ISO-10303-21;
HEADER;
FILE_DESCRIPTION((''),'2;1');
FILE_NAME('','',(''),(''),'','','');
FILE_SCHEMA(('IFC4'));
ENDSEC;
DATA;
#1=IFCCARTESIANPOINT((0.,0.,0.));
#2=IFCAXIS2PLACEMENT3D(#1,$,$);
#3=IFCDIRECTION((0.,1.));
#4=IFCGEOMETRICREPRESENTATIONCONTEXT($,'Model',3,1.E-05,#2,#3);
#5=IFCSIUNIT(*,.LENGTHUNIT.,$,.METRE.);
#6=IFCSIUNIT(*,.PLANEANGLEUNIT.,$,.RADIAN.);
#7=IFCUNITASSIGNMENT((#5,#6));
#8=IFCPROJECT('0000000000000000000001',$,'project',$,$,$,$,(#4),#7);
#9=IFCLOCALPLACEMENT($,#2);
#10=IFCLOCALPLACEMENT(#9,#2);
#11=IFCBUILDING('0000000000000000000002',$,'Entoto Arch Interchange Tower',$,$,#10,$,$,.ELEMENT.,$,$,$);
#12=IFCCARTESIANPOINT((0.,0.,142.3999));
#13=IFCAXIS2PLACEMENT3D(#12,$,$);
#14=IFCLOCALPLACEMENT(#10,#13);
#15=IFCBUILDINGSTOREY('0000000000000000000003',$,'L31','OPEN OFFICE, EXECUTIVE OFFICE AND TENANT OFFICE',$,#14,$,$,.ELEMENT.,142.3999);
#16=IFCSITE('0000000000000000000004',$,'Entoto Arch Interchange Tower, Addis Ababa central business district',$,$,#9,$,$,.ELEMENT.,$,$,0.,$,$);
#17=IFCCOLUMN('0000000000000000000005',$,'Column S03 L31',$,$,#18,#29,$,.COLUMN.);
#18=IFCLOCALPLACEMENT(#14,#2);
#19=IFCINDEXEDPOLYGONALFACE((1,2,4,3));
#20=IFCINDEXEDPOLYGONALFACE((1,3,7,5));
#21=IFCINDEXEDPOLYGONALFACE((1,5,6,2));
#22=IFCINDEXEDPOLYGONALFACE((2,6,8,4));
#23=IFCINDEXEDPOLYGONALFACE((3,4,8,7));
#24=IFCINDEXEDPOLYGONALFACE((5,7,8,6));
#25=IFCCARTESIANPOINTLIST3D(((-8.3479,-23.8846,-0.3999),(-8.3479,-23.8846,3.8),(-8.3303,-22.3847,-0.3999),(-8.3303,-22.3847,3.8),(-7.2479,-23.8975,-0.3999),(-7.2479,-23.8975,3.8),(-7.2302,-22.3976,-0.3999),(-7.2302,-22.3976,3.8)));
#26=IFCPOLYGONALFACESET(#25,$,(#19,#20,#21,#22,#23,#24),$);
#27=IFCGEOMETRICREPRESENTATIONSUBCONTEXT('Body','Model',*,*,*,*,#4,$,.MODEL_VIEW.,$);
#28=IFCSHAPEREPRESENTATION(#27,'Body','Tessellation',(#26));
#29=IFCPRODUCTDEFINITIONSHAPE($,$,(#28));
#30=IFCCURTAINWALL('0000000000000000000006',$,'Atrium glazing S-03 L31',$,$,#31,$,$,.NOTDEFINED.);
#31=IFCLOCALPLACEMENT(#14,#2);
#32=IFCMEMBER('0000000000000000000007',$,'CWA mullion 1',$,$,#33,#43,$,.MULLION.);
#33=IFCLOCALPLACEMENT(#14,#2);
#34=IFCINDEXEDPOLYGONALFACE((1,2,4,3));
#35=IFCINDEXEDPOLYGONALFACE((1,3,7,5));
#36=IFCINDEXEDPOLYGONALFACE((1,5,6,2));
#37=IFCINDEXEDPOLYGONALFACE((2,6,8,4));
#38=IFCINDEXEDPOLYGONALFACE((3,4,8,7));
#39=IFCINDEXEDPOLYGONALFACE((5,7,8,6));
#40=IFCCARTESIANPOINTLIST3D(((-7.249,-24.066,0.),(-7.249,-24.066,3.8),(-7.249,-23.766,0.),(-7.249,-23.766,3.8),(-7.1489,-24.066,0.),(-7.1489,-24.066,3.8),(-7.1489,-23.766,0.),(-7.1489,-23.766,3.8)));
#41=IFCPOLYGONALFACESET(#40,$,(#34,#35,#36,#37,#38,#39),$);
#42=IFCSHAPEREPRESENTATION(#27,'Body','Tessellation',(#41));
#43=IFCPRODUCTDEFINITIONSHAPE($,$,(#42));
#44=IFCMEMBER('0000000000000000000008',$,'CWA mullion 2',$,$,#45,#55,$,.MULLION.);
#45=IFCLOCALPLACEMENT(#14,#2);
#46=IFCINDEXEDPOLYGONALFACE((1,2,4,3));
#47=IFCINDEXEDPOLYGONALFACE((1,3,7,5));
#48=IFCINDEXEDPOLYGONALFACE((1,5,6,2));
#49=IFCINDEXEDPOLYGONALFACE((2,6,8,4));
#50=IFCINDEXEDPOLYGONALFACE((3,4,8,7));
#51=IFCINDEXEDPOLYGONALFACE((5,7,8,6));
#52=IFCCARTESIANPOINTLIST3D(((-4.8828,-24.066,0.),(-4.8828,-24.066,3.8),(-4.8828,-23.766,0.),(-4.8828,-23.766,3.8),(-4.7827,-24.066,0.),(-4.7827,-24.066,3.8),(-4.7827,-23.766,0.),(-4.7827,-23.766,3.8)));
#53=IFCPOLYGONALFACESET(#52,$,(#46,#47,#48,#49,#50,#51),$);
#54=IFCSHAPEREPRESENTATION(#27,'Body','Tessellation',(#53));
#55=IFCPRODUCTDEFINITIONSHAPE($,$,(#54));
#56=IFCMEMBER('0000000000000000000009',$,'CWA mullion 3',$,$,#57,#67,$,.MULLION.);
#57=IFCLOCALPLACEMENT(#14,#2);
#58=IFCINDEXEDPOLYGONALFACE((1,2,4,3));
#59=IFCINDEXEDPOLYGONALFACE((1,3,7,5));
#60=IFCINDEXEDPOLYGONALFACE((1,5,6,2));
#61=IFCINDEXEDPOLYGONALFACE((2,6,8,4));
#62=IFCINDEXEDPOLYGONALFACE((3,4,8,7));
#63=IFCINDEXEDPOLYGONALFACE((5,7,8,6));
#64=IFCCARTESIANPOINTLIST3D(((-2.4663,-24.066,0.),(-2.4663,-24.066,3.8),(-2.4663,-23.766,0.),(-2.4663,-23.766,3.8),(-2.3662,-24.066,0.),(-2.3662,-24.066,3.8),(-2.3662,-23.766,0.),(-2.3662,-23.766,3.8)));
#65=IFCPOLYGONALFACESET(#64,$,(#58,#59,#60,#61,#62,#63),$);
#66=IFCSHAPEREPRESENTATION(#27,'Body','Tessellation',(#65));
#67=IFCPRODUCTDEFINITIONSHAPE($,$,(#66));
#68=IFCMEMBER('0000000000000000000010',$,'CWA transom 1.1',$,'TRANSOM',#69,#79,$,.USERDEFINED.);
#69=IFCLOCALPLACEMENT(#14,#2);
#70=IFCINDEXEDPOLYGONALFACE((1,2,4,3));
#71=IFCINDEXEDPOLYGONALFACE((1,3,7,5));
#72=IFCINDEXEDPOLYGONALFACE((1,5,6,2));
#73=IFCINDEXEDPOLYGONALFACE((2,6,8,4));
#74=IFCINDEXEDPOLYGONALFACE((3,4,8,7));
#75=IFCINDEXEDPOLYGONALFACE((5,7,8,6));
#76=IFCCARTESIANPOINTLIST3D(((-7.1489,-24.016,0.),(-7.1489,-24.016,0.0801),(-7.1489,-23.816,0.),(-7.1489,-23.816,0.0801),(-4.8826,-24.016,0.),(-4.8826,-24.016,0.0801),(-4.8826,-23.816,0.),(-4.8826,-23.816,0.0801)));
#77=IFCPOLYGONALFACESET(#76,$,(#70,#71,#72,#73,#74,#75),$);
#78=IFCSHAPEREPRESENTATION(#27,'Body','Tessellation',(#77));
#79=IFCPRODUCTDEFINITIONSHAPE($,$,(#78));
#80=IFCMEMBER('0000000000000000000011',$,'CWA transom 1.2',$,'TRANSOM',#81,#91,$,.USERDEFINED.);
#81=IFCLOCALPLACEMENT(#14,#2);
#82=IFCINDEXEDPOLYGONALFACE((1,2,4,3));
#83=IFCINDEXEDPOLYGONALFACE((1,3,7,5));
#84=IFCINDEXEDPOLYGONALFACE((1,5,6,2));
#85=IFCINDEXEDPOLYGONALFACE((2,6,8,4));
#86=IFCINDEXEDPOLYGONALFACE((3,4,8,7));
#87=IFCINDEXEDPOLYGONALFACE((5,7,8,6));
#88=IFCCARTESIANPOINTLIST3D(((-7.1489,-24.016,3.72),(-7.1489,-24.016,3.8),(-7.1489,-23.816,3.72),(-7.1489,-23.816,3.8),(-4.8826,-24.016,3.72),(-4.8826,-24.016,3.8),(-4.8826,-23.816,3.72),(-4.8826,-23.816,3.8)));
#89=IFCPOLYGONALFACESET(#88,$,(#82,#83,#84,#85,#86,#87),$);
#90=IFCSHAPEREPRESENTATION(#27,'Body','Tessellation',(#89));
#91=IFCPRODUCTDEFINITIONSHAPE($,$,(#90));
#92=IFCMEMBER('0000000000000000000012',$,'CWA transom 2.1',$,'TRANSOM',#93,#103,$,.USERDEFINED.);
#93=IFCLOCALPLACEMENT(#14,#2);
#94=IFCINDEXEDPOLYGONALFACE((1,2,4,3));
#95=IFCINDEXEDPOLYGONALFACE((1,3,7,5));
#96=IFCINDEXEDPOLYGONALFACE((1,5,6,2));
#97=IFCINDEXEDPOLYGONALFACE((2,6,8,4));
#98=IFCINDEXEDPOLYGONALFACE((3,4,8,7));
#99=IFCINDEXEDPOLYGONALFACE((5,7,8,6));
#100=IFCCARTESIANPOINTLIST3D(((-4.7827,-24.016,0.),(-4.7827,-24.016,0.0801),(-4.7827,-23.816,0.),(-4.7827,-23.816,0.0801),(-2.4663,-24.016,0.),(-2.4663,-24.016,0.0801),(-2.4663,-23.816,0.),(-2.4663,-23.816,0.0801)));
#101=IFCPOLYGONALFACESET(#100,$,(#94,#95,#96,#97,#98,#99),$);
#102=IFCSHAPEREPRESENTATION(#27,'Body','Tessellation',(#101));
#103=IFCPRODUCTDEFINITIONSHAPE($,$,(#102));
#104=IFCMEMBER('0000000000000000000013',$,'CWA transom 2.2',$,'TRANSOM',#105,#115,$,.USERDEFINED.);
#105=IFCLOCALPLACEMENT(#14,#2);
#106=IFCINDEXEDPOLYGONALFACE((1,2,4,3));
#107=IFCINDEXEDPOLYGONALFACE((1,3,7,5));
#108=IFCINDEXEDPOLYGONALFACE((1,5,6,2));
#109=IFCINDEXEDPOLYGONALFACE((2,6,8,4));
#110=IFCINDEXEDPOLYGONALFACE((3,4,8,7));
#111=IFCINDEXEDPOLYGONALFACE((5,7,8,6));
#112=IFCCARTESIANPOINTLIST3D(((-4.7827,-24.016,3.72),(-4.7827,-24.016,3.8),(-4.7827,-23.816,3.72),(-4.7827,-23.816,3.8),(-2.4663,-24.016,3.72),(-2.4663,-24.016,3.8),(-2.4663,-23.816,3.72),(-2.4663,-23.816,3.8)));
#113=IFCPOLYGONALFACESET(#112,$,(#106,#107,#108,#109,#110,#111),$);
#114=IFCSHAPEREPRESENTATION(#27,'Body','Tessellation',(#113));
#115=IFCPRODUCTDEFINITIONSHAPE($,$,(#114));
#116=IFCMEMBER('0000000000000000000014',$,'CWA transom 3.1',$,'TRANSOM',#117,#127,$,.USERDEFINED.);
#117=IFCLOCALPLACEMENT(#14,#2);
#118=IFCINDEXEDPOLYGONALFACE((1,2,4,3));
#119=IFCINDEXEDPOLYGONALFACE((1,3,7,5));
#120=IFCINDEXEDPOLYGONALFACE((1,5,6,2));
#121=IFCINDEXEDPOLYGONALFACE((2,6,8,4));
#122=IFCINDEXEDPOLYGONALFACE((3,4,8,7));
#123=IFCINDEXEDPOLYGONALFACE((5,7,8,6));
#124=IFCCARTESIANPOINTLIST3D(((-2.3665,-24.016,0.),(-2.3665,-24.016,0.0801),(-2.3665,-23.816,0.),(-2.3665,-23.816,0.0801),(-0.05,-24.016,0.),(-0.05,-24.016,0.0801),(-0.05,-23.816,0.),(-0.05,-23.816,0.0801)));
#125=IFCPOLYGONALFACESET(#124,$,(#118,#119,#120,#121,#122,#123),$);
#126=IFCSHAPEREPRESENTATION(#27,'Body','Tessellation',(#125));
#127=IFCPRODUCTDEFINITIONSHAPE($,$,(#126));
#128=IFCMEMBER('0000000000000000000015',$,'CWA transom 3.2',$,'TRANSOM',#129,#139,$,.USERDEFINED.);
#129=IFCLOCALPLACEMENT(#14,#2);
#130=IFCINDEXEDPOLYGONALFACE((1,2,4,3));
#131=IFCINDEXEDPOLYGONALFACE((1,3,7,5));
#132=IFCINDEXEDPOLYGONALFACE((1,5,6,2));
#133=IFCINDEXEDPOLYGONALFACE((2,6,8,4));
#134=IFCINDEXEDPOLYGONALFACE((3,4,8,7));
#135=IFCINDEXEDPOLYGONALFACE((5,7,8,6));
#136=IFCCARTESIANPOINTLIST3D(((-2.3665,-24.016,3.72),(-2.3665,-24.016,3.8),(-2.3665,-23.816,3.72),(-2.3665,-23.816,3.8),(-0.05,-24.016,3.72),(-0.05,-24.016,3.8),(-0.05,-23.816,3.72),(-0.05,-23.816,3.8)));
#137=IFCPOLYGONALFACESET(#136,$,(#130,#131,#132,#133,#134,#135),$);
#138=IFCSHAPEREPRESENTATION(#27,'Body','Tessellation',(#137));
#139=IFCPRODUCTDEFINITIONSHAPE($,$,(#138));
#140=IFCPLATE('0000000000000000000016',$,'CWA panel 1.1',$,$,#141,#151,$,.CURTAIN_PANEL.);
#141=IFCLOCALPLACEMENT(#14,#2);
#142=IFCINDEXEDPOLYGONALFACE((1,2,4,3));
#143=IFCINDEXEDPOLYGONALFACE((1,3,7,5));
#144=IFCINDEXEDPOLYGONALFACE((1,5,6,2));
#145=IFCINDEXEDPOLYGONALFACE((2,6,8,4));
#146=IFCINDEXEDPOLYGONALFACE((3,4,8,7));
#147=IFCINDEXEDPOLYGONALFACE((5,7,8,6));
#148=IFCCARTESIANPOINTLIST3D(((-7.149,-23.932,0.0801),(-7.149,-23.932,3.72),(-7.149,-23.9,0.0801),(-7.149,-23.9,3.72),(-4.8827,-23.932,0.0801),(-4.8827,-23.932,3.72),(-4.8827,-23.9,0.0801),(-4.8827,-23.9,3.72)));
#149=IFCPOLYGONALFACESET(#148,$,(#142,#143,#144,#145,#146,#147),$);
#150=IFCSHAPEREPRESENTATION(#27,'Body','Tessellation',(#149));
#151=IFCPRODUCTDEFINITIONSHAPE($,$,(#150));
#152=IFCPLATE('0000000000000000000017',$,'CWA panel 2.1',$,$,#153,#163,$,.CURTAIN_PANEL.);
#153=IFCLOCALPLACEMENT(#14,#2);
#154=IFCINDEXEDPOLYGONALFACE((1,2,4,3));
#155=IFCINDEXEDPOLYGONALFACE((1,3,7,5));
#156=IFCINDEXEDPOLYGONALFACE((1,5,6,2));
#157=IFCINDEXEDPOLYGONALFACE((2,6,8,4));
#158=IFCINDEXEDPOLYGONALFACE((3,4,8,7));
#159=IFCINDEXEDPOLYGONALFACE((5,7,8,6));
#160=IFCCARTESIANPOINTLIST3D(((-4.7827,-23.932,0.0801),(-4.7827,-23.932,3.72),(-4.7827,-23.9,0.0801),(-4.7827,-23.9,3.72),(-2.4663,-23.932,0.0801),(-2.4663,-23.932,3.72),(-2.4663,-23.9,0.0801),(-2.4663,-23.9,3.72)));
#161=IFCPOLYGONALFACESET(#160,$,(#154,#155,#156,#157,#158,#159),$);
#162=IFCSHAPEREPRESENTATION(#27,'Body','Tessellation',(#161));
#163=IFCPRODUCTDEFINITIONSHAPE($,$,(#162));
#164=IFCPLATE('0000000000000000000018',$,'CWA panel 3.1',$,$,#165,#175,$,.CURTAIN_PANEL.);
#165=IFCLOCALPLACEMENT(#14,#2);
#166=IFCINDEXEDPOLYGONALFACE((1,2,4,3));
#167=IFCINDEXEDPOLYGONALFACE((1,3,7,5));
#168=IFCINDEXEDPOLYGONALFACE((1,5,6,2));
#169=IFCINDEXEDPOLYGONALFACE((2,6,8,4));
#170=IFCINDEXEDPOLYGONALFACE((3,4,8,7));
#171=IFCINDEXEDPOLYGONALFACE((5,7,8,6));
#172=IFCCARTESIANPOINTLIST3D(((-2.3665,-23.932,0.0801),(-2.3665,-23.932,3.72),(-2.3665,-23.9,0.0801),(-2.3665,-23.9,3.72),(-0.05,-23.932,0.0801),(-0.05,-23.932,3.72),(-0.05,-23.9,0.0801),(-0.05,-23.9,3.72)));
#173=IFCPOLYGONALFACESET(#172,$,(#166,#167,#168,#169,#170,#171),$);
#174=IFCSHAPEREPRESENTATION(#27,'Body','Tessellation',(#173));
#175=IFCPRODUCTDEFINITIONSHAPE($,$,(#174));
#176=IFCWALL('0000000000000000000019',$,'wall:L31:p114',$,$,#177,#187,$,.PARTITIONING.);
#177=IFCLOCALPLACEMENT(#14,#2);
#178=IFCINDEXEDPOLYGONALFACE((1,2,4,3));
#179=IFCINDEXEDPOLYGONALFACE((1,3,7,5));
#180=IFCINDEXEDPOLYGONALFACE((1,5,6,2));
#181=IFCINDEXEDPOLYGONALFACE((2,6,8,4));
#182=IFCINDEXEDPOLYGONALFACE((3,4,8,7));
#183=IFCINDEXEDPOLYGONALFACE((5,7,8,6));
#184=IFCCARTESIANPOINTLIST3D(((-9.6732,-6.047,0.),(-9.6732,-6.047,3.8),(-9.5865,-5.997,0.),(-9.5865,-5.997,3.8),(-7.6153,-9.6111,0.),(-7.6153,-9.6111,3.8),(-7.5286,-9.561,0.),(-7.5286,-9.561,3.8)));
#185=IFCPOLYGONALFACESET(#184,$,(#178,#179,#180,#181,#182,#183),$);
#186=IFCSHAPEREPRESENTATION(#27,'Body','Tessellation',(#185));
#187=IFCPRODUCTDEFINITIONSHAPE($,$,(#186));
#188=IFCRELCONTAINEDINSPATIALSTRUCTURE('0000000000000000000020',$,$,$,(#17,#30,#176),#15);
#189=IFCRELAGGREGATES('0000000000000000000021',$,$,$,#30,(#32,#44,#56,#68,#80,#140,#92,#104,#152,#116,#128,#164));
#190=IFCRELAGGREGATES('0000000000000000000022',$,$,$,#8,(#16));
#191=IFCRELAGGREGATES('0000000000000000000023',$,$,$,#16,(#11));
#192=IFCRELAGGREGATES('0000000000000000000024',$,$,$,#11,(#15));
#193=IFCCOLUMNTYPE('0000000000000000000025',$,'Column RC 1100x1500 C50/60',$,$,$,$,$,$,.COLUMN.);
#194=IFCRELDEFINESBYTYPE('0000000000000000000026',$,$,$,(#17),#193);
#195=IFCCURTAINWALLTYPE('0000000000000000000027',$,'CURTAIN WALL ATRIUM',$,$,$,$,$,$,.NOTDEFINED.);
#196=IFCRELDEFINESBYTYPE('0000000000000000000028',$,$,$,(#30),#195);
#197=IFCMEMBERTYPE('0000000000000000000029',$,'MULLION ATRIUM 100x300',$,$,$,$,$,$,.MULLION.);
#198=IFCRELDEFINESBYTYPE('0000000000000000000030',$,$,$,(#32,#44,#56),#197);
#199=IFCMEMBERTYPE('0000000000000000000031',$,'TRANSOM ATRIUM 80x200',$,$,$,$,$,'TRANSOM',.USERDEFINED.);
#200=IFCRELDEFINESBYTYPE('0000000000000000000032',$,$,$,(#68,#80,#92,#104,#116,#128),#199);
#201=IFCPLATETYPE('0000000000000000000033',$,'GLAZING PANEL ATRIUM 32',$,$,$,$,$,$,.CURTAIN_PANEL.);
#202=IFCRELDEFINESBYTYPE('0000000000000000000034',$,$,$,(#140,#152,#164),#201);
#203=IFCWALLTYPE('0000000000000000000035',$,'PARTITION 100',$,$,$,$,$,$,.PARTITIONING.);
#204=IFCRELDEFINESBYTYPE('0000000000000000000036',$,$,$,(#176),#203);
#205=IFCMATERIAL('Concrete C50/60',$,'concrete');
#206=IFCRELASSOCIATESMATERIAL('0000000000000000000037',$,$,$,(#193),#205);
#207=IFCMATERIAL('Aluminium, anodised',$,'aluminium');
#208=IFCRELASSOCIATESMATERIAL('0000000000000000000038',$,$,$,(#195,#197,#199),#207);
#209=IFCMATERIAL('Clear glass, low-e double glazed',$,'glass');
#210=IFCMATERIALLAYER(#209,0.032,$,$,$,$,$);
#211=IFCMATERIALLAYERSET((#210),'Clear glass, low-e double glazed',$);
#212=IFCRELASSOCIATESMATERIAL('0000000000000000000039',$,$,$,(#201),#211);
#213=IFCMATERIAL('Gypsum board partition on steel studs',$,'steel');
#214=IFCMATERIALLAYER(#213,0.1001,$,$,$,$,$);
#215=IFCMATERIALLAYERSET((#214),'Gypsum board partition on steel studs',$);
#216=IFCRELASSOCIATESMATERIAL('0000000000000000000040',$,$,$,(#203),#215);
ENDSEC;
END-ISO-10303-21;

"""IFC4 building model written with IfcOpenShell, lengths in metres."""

from ifc_helpers import new_model, si_unit, direction, frame, frame_2d, origin, origin_2d, place, context, subcontext, project, spatial, rectangle, extrude, material, layer, layer_set, material_profile, profile_set, type_object, element, aggregate, save


model = new_model("IFC4")

# Units and contexts
model_context = context("Model", 3, precision=1e-05, world=origin(), true_north=direction((0.0, 1.0)))
body_context = subcontext(model_context, "Body", "Model", "MODEL_VIEW")
ifc_project = project(units=[si_unit("LENGTHUNIT", "METRE"), si_unit("PLANEANGLEUNIT", "RADIAN")], contexts=[model_context])

# Site, building, storey
site_placement = place(None, origin())
site = spatial("IfcSite", under=ifc_project, at=site_placement, Name="Entoto Arch Interchange Tower, Addis Ababa central business district", CompositionType="ELEMENT", RefElevation=0.0)
building_placement = place(site_placement, origin())
building = spatial("IfcBuilding", under=site, at=building_placement, Name="Entoto Arch Interchange Tower", CompositionType="ELEMENT")
storey_placement = place(building_placement, frame((0.0, 0.0, 142.3999)))
storey = spatial("IfcBuildingStorey", under=building, at=storey_placement, Name="L31", Description="OPEN OFFICE, EXECUTIVE OFFICE AND TENANT OFFICE", CompositionType="ELEMENT", Elevation=142.3999)

# Column
ifc_material_1 = material(Name="Concrete C50/60", Category="concrete")
ifc_material_profile_1 = material_profile(ifc_material_1, rectangle(XDim=1.1001, YDim=1.5, at=origin_2d()))
ifc_profile_set_1 = profile_set([ifc_material_profile_1], Name="Concrete C50/60")
column_type = type_object("IfcColumnType", Name="Column RC 1100x1500 C50/60", PredefinedType="COLUMN", material=ifc_profile_set_1)
column_placement = place(storey_placement, frame((-7.7891, -23.1411, -0.3999), z_axis=(0.0, 0.0, 1.0), x_axis=(-0.999931, 0.011746, 0.0)))
element("IfcColumn", 1, at=column_placement, inside=storey, type_object=column_type, Name="Column S03 L31", PredefinedType="COLUMN", context=body_context, shape_type="SweptSolid", body=[
    extrude(rectangle(XDim=1.1001, YDim=1.5, at=origin_2d()), origin(), (0.0, 0.0, 1.0), 4.2),
])

# Curtain wall, members, plates
ifc_material_2 = material(Name="Aluminium, anodised", Category="aluminium")
curtain_wall_type = type_object("IfcCurtainWallType", Name="CURTAIN WALL ATRIUM", PredefinedType="NOTDEFINED", material=ifc_material_2)
curtain_wall_placement = place(storey_placement, origin())
curtain_wall = element("IfcCurtainWall", 2, at=curtain_wall_placement, inside=storey, type_object=curtain_wall_type, Name="Atrium glazing S-03 L31", PredefinedType="NOTDEFINED")
ifc_material_profile_2 = material_profile(ifc_material_2, rectangle(XDim=0.3, YDim=0.1001, at=origin_2d()))
ifc_profile_set_2 = profile_set([ifc_material_profile_2], Name="Aluminium, anodised")
member_type_1 = type_object("IfcMemberType", Name="MULLION ATRIUM 100x300", PredefinedType="MULLION", material=ifc_profile_set_2)
member_1_placement = place(storey_placement, frame((-7.199, -23.916, 0.0), z_axis=(0.0, 0.0, 1.0), x_axis=(0.0, 1.0, 0.0)))
member_1 = element("IfcMember", 3, at=member_1_placement, type_object=member_type_1, Name="CWA mullion 1", PredefinedType="MULLION", context=body_context, shape_type="SweptSolid", body=[
    extrude(rectangle(XDim=0.3, YDim=0.1001, at=origin_2d()), origin(), (0.0, 0.0, 1.0), 3.8),
])
member_2_placement = place(storey_placement, frame((-4.8328, -23.916, 0.0), z_axis=(0.0, 0.0, 1.0), x_axis=(0.0, 1.0, 0.0)))
member_2 = element("IfcMember", 4, at=member_2_placement, type_object=member_type_1, Name="CWA mullion 2", PredefinedType="MULLION", context=body_context, shape_type="SweptSolid", body=[
    extrude(rectangle(XDim=0.3, YDim=0.1001, at=origin_2d()), origin(), (0.0, 0.0, 1.0), 3.8),
])
member_3_placement = place(storey_placement, frame((-2.4163, -23.916, 0.0), z_axis=(0.0, 0.0, 1.0), x_axis=(0.0, 1.0, 0.0)))
member_3 = element("IfcMember", 5, at=member_3_placement, type_object=member_type_1, Name="CWA mullion 3", PredefinedType="MULLION", context=body_context, shape_type="SweptSolid", body=[
    extrude(rectangle(XDim=0.3, YDim=0.1001, at=origin_2d()), origin(), (0.0, 0.0, 1.0), 3.8),
])
ifc_material_profile_3 = material_profile(ifc_material_2, rectangle(XDim=0.2, YDim=0.0801, at=origin_2d()))
ifc_profile_set_3 = profile_set([ifc_material_profile_3], Name="Aluminium, anodised")
member_type_2 = type_object("IfcMemberType", Name="TRANSOM ATRIUM 80x200", ElementType="TRANSOM", PredefinedType="USERDEFINED", material=ifc_profile_set_3)
member_4_placement = place(storey_placement, frame((-7.1489, -23.916, 0.04), z_axis=(1.0, 0.0, 0.0), x_axis=(0.0, 1.0, 0.0)))
member_4 = element("IfcMember", 6, at=member_4_placement, type_object=member_type_2, Name="CWA transom 1.1", ObjectType="TRANSOM", PredefinedType="USERDEFINED", context=body_context, shape_type="SweptSolid", body=[
    extrude(rectangle(XDim=0.2, YDim=0.0801, at=origin_2d()), origin(), (0.0, 0.0, 1.0), 2.2664),
])
member_5_placement = place(storey_placement, frame((-7.1489, -23.916, 3.76), z_axis=(1.0, 0.0, 0.0), x_axis=(0.0, 1.0, 0.0)))
member_5 = element("IfcMember", 7, at=member_5_placement, type_object=member_type_2, Name="CWA transom 1.2", ObjectType="TRANSOM", PredefinedType="USERDEFINED", context=body_context, shape_type="SweptSolid", body=[
    extrude(rectangle(XDim=0.2, YDim=0.0801, at=origin_2d()), origin(), (0.0, 0.0, 1.0), 2.2664),
])
member_6_placement = place(storey_placement, frame((-4.7827, -23.916, 0.04), z_axis=(1.0, 0.0, 0.0), x_axis=(0.0, 1.0, 0.0)))
member_6 = element("IfcMember", 8, at=member_6_placement, type_object=member_type_2, Name="CWA transom 2.1", ObjectType="TRANSOM", PredefinedType="USERDEFINED", context=body_context, shape_type="SweptSolid", body=[
    extrude(rectangle(XDim=0.2, YDim=0.0801, at=origin_2d()), origin(), (0.0, 0.0, 1.0), 2.3164),
])
member_7_placement = place(storey_placement, frame((-4.7827, -23.916, 3.76), z_axis=(1.0, 0.0, 0.0), x_axis=(0.0, 1.0, 0.0)))
member_7 = element("IfcMember", 9, at=member_7_placement, type_object=member_type_2, Name="CWA transom 2.2", ObjectType="TRANSOM", PredefinedType="USERDEFINED", context=body_context, shape_type="SweptSolid", body=[
    extrude(rectangle(XDim=0.2, YDim=0.0801, at=origin_2d()), origin(), (0.0, 0.0, 1.0), 2.3164),
])
member_8_placement = place(storey_placement, frame((-2.3665, -23.916, 0.04), z_axis=(1.0, 0.0, 0.0), x_axis=(0.0, 1.0, 0.0)))
member_8 = element("IfcMember", 10, at=member_8_placement, type_object=member_type_2, Name="CWA transom 3.1", ObjectType="TRANSOM", PredefinedType="USERDEFINED", context=body_context, shape_type="SweptSolid", body=[
    extrude(rectangle(XDim=0.2, YDim=0.0801, at=origin_2d()), origin(), (0.0, 0.0, 1.0), 2.3164),
])
member_9_placement = place(storey_placement, frame((-2.3665, -23.916, 3.76), z_axis=(1.0, 0.0, 0.0), x_axis=(0.0, 1.0, 0.0)))
member_9 = element("IfcMember", 11, at=member_9_placement, type_object=member_type_2, Name="CWA transom 3.2", ObjectType="TRANSOM", PredefinedType="USERDEFINED", context=body_context, shape_type="SweptSolid", body=[
    extrude(rectangle(XDim=0.2, YDim=0.0801, at=origin_2d()), origin(), (0.0, 0.0, 1.0), 2.3164),
])
ifc_material_3 = material(Name="Clear glass, low-e double glazed", Category="glass")
ifc_layer_1 = layer(ifc_material_3, 0.032)
ifc_layer_set_1 = layer_set([ifc_layer_1], Name="Clear glass, low-e double glazed")
plate_type = type_object("IfcPlateType", Name="GLAZING PANEL ATRIUM 32", PredefinedType="CURTAIN_PANEL", material=ifc_layer_set_1)
plate_1_placement = place(storey_placement, frame((-6.0159, -23.916, 0.0801), z_axis=(0.0, 0.0, 1.0), x_axis=(1.0, 0.0, 0.0)))
plate_1 = element("IfcPlate", 12, at=plate_1_placement, type_object=plate_type, Name="CWA panel 1.1", PredefinedType="CURTAIN_PANEL", context=body_context, shape_type="SweptSolid", body=[
    extrude(rectangle(XDim=2.2664, YDim=0.032, at=origin_2d()), origin(), (0.0, 0.0, 1.0), 3.6399),
])
plate_2_placement = place(storey_placement, frame((-3.6245, -23.916, 0.0801), z_axis=(0.0, 0.0, 1.0), x_axis=(1.0, 0.0, 0.0)))
plate_2 = element("IfcPlate", 13, at=plate_2_placement, type_object=plate_type, Name="CWA panel 2.1", PredefinedType="CURTAIN_PANEL", context=body_context, shape_type="SweptSolid", body=[
    extrude(rectangle(XDim=2.3164, YDim=0.032, at=origin_2d()), origin(), (0.0, 0.0, 1.0), 3.6399),
])
plate_3_placement = place(storey_placement, frame((-1.2083, -23.916, 0.0801), z_axis=(0.0, 0.0, 1.0), x_axis=(1.0, 0.0, 0.0)))
plate_3 = element("IfcPlate", 14, at=plate_3_placement, type_object=plate_type, Name="CWA panel 3.1", PredefinedType="CURTAIN_PANEL", context=body_context, shape_type="SweptSolid", body=[
    extrude(rectangle(XDim=2.3164, YDim=0.032, at=origin_2d()), origin(), (0.0, 0.0, 1.0), 3.6399),
])
aggregate(curtain_wall, [member_1, member_2, member_3, member_4, member_5, plate_1, member_6, member_7, plate_2, member_8, member_9, plate_3])

# Wall
ifc_material_4 = material(Name="Gypsum board partition on steel studs", Category="steel")
ifc_layer_2 = layer(ifc_material_4, 0.1001)
ifc_layer_set_2 = layer_set([ifc_layer_2], Name="Gypsum board partition on steel studs")
wall_type_1 = type_object("IfcWallType", Name="PARTITION 100", PredefinedType="PARTITIONING", material=ifc_layer_set_2)
wall_1_placement = place(storey_placement, frame((-7.572, -9.5859, 0.0), z_axis=(0.0, 0.0, 1.0), x_axis=(-0.500037, 0.866004, 0.0)))
element("IfcWall", 15, at=wall_1_placement, inside=storey, type_object=wall_type_1, Name="wall:L31:p114", PredefinedType="PARTITIONING", context=body_context, shape_type="SweptSolid", body=[
    extrude(rectangle(XDim=4.1155, YDim=0.1001, at=frame_2d((2.0576, 0.0))), origin(), (0.0, 0.0, 1.0), 3.8),
])

save(model, "model.ifc")
